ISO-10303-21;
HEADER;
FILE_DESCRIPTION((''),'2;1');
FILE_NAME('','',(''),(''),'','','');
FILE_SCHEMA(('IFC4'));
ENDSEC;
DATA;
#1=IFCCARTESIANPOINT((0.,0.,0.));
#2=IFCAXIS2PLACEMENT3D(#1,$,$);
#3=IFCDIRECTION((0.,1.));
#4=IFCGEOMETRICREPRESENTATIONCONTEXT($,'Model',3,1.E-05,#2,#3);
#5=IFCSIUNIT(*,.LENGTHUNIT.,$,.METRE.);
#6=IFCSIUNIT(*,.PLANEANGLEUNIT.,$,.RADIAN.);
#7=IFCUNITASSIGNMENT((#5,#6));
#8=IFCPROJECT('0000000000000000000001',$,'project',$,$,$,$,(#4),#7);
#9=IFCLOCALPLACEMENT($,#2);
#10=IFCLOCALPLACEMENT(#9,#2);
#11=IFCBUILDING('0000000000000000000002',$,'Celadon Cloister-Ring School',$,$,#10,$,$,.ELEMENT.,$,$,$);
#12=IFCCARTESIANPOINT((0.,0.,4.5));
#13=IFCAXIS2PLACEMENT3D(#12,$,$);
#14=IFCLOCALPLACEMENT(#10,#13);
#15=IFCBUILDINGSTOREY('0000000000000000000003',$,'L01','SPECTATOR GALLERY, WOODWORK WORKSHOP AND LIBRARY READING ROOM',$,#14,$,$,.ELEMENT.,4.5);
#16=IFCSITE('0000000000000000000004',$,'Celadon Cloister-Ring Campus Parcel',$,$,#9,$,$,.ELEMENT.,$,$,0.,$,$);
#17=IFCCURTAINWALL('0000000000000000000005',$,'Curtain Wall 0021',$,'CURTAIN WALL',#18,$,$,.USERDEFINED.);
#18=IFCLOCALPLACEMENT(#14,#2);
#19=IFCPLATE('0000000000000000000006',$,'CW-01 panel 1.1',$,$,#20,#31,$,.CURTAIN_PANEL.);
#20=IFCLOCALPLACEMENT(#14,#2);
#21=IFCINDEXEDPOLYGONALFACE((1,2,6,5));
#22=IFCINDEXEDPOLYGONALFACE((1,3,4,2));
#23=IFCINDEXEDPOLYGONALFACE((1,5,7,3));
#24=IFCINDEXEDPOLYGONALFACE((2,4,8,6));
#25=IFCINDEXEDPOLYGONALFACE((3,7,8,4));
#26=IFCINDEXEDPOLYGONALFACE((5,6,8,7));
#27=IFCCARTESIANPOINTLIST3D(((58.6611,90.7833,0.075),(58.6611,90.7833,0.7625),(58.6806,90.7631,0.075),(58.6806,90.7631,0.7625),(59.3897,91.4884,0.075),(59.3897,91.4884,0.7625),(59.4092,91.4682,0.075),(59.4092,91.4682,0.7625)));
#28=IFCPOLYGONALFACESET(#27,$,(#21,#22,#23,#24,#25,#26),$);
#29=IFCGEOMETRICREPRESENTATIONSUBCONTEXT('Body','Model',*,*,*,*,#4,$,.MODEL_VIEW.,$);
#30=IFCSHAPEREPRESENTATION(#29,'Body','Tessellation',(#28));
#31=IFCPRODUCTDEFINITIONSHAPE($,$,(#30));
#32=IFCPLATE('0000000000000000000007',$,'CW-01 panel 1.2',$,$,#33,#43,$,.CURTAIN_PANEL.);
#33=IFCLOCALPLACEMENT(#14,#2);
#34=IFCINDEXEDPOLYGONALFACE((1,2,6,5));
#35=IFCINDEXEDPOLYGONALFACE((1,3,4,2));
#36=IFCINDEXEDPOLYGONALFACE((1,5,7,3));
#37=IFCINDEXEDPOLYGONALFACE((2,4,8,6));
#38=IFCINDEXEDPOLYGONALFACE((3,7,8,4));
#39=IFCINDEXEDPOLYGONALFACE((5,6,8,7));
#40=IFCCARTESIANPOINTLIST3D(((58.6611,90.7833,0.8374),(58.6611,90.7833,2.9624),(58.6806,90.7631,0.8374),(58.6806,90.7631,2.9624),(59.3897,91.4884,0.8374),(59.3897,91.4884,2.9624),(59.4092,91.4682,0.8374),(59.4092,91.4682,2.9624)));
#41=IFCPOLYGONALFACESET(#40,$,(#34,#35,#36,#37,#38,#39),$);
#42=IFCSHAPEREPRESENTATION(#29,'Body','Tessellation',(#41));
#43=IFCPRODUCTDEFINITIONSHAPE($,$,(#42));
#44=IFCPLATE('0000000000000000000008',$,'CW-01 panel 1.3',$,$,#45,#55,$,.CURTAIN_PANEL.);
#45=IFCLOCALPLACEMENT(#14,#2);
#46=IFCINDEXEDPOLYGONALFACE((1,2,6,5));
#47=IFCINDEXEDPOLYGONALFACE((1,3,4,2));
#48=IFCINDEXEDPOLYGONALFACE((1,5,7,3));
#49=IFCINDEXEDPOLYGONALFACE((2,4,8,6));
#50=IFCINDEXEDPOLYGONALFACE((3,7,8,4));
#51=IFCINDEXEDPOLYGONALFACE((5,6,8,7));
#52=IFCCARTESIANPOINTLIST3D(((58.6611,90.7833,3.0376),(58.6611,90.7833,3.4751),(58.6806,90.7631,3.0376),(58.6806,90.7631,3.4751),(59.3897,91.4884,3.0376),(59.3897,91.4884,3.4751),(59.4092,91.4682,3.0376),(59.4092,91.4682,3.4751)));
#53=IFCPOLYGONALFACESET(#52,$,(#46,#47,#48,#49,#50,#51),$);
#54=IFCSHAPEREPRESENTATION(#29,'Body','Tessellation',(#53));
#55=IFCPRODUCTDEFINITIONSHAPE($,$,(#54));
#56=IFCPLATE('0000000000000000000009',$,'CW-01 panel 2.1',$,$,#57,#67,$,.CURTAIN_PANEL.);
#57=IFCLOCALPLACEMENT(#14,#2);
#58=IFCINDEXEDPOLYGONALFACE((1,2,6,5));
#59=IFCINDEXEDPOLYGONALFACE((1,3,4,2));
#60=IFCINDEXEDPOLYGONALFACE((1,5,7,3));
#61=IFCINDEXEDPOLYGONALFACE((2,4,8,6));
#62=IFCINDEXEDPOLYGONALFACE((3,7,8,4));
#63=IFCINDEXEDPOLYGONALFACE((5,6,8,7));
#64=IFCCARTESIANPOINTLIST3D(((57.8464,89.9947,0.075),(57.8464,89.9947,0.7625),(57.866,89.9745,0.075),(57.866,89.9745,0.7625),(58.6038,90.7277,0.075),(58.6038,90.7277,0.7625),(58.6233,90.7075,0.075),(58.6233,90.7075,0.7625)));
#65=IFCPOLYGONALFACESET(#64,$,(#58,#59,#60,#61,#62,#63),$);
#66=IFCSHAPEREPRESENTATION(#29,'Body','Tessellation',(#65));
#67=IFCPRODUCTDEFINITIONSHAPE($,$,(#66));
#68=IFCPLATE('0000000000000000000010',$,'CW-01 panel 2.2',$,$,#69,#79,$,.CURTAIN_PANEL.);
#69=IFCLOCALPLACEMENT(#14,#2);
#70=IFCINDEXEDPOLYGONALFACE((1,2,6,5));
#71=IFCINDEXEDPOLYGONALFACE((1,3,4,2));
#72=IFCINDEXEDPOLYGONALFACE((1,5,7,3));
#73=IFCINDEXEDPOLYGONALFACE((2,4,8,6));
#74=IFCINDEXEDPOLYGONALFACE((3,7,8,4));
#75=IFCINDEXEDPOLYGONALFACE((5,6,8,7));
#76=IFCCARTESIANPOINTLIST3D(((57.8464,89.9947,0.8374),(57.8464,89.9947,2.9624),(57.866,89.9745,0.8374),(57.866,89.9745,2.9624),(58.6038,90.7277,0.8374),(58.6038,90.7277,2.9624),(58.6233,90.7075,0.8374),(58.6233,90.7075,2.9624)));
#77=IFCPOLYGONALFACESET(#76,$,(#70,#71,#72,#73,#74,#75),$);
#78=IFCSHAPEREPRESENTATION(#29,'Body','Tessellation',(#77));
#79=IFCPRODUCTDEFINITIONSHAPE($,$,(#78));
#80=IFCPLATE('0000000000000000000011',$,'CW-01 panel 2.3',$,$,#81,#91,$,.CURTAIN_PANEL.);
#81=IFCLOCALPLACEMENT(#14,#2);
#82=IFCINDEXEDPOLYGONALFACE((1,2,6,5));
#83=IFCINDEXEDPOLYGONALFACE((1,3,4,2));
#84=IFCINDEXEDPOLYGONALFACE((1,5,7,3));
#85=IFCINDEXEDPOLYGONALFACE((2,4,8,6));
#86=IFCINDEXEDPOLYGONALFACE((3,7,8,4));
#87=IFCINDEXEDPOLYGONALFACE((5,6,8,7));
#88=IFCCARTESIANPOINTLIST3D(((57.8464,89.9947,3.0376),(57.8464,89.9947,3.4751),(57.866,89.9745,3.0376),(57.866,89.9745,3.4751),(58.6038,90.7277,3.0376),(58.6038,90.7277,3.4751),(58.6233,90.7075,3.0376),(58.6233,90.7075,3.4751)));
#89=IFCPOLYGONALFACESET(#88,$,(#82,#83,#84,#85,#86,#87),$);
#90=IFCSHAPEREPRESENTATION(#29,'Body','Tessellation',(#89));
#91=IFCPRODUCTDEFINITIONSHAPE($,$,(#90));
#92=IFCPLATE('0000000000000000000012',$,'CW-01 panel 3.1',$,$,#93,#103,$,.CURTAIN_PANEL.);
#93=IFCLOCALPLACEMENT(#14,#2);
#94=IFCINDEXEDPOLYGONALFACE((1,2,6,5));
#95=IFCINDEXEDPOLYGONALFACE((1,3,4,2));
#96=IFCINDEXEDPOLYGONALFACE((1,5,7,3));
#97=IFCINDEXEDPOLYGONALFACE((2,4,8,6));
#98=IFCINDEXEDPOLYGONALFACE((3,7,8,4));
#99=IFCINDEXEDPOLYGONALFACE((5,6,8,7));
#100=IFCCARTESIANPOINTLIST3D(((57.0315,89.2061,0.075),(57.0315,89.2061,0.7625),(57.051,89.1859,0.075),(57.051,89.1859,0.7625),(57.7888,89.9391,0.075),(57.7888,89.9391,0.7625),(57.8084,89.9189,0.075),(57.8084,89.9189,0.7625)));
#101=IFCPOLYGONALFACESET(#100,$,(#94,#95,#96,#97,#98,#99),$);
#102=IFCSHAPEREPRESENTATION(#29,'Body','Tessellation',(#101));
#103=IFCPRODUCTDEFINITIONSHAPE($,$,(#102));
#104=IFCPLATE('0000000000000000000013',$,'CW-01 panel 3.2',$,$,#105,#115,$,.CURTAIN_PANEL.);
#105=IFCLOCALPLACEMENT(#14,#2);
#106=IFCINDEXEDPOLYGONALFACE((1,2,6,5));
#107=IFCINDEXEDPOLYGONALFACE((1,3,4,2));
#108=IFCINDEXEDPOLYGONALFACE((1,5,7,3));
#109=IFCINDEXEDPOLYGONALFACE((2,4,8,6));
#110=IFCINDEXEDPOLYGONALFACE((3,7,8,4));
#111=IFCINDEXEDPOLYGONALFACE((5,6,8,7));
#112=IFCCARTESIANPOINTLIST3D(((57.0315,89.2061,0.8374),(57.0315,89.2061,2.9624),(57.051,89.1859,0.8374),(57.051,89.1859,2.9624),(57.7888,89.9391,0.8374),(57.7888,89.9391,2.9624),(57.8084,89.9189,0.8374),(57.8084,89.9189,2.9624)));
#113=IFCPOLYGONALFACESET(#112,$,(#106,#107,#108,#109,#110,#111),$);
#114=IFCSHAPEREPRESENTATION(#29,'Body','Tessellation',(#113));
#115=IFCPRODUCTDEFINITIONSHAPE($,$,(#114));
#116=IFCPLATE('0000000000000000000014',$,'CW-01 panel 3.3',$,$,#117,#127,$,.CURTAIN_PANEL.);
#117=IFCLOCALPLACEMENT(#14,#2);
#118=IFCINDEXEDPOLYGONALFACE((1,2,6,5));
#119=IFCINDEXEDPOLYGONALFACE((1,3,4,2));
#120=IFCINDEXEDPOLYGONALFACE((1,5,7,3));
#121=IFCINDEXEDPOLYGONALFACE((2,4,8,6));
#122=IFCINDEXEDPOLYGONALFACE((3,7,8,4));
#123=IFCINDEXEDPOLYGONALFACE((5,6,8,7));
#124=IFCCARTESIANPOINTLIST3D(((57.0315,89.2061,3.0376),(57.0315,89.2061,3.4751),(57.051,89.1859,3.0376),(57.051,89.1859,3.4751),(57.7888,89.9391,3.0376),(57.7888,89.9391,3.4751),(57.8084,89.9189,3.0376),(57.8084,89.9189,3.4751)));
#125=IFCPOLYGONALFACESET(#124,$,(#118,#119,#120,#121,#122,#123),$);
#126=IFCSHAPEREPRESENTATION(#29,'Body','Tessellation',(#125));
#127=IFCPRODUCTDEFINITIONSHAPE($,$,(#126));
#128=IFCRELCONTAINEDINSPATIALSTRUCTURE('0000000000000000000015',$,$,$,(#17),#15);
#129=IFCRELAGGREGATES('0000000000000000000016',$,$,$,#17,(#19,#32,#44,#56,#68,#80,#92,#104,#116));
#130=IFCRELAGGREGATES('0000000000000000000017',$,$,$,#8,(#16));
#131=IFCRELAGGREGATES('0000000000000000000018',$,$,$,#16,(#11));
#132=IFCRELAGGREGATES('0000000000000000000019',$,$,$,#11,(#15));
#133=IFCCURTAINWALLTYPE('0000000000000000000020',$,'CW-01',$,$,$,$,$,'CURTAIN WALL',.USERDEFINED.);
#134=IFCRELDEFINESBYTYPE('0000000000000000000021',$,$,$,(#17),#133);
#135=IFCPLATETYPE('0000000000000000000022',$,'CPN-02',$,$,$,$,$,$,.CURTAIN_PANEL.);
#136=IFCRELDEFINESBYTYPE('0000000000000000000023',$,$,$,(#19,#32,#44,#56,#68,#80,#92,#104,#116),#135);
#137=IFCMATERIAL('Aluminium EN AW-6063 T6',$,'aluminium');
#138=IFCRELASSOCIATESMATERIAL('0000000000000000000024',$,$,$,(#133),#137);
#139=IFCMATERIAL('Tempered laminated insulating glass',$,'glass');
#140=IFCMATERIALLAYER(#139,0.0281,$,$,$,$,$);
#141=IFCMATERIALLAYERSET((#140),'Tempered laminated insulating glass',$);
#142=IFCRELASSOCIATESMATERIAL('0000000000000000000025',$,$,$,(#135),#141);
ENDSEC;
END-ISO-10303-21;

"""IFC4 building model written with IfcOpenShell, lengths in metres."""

from ifc_helpers import new_model, si_unit, direction, frame, origin, origin_2d, place, context, subcontext, project, spatial, rectangle, extrude, material, layer, layer_set, type_object, element, aggregate, save


model = new_model("IFC4")

# Units and contexts
model_context = context("Model", 3, precision=1e-05, world=origin(), true_north=direction((0.0, 1.0)))
body_context = subcontext(model_context, "Body", "Model", "MODEL_VIEW")
ifc_project = project(units=[si_unit("LENGTHUNIT", "METRE"), si_unit("PLANEANGLEUNIT", "RADIAN")], contexts=[model_context])

# Site, building, storey
site_placement = place(None, origin())
site = spatial("IfcSite", under=ifc_project, at=site_placement, Name="Celadon Cloister-Ring Campus Parcel", CompositionType="ELEMENT", RefElevation=0.0)
building_placement = place(site_placement, origin())
building = spatial("IfcBuilding", under=site, at=building_placement, Name="Celadon Cloister-Ring School", CompositionType="ELEMENT")
storey_placement = place(building_placement, frame((0.0, 0.0, 4.5)))
storey = spatial("IfcBuildingStorey", under=building, at=storey_placement, Name="L01", Description="SPECTATOR GALLERY, WOODWORK WORKSHOP AND LIBRARY READING ROOM", CompositionType="ELEMENT", Elevation=4.5)

# Curtain wall
ifc_material_1 = material(Name="Aluminium EN AW-6063 T6", Category="aluminium")
curtain_wall_type = type_object("IfcCurtainWallType", Name="CW-01", ElementType="CURTAIN WALL", PredefinedType="USERDEFINED", material=ifc_material_1)
curtain_wall_placement = place(storey_placement, origin())
curtain_wall = element("IfcCurtainWall", 1, at=curtain_wall_placement, inside=storey, type_object=curtain_wall_type, Name="Curtain Wall 0021", ObjectType="CURTAIN WALL", PredefinedType="USERDEFINED")

# Plates
ifc_material_2 = material(Name="Tempered laminated insulating glass", Category="glass")
ifc_layer = layer(ifc_material_2, 0.0281)
ifc_layer_set = layer_set([ifc_layer], Name="Tempered laminated insulating glass")
plate_type = type_object("IfcPlateType", Name="CPN-02", PredefinedType="CURTAIN_PANEL", material=ifc_layer_set)
plate_1_placement = place(storey_placement, frame((59.0352, 91.1257, 0.075), z_axis=(0.0, 0.0, 1.0), x_axis=(-0.718565, -0.69546, 0.0)))
plate_1 = element("IfcPlate", 2, at=plate_1_placement, type_object=plate_type, Name="CW-01 panel 1.1", PredefinedType="CURTAIN_PANEL", context=body_context, shape_type="SweptSolid", body=[
    extrude(rectangle(XDim=1.0139, YDim=0.0281, at=origin_2d()), origin(), (0.0, 0.0, 1.0), 0.6875),
])
plate_2_placement = place(storey_placement, frame((59.0352, 91.1257, 0.8374), z_axis=(0.0, 0.0, 1.0), x_axis=(-0.718565, -0.69546, 0.0)))
plate_2 = element("IfcPlate", 3, at=plate_2_placement, type_object=plate_type, Name="CW-01 panel 1.2", PredefinedType="CURTAIN_PANEL", context=body_context, shape_type="SweptSolid", body=[
    extrude(rectangle(XDim=1.0139, YDim=0.0281, at=origin_2d()), origin(), (0.0, 0.0, 1.0), 2.125),
])
plate_3_placement = place(storey_placement, frame((59.0352, 91.1257, 3.0376), z_axis=(0.0, 0.0, 1.0), x_axis=(-0.718565, -0.69546, 0.0)))
plate_3 = element("IfcPlate", 4, at=plate_3_placement, type_object=plate_type, Name="CW-01 panel 1.3", PredefinedType="CURTAIN_PANEL", context=body_context, shape_type="SweptSolid", body=[
    extrude(rectangle(XDim=1.0139, YDim=0.0281, at=origin_2d()), origin(), (0.0, 0.0, 1.0), 0.4375),
])
plate_4_placement = place(storey_placement, frame((58.2349, 90.3511, 0.075), z_axis=(0.0, 0.0, 1.0), x_axis=(-0.718565, -0.69546, 0.0)))
plate_4 = element("IfcPlate", 5, at=plate_4_placement, type_object=plate_type, Name="CW-01 panel 2.1", PredefinedType="CURTAIN_PANEL", context=body_context, shape_type="SweptSolid", body=[
    extrude(rectangle(XDim=1.054, YDim=0.0281, at=origin_2d()), origin(), (0.0, 0.0, 1.0), 0.6875),
])
plate_5_placement = place(storey_placement, frame((58.2349, 90.3511, 0.8374), z_axis=(0.0, 0.0, 1.0), x_axis=(-0.718565, -0.69546, 0.0)))
plate_5 = element("IfcPlate", 6, at=plate_5_placement, type_object=plate_type, Name="CW-01 panel 2.2", PredefinedType="CURTAIN_PANEL", context=body_context, shape_type="SweptSolid", body=[
    extrude(rectangle(XDim=1.054, YDim=0.0281, at=origin_2d()), origin(), (0.0, 0.0, 1.0), 2.125),
])
plate_6_placement = place(storey_placement, frame((58.2349, 90.3511, 3.0376), z_axis=(0.0, 0.0, 1.0), x_axis=(-0.718565, -0.69546, 0.0)))
plate_6 = element("IfcPlate", 7, at=plate_6_placement, type_object=plate_type, Name="CW-01 panel 2.3", PredefinedType="CURTAIN_PANEL", context=body_context, shape_type="SweptSolid", body=[
    extrude(rectangle(XDim=1.054, YDim=0.0281, at=origin_2d()), origin(), (0.0, 0.0, 1.0), 0.4375),
])
plate_7_placement = place(storey_placement, frame((57.4199, 89.5625, 0.075), z_axis=(0.0, 0.0, 1.0), x_axis=(-0.718565, -0.69546, 0.0)))
plate_7 = element("IfcPlate", 8, at=plate_7_placement, type_object=plate_type, Name="CW-01 panel 3.1", PredefinedType="CURTAIN_PANEL", context=body_context, shape_type="SweptSolid", body=[
    extrude(rectangle(XDim=1.054, YDim=0.0281, at=origin_2d()), origin(), (0.0, 0.0, 1.0), 0.6875),
])
plate_8_placement = place(storey_placement, frame((57.4199, 89.5625, 0.8374), z_axis=(0.0, 0.0, 1.0), x_axis=(-0.718565, -0.69546, 0.0)))
plate_8 = element("IfcPlate", 9, at=plate_8_placement, type_object=plate_type, Name="CW-01 panel 3.2", PredefinedType="CURTAIN_PANEL", context=body_context, shape_type="SweptSolid", body=[
    extrude(rectangle(XDim=1.054, YDim=0.0281, at=origin_2d()), origin(), (0.0, 0.0, 1.0), 2.125),
])
plate_9_placement = place(storey_placement, frame((57.4199, 89.5625, 3.0376), z_axis=(0.0, 0.0, 1.0), x_axis=(-0.718565, -0.69546, 0.0)))
plate_9 = element("IfcPlate", 10, at=plate_9_placement, type_object=plate_type, Name="CW-01 panel 3.3", PredefinedType="CURTAIN_PANEL", context=body_context, shape_type="SweptSolid", body=[
    extrude(rectangle(XDim=1.054, YDim=0.0281, at=origin_2d()), origin(), (0.0, 0.0, 1.0), 0.4375),
])
aggregate(curtain_wall, [plate_1, plate_2, plate_3, plate_4, plate_5, plate_6, plate_7, plate_8, plate_9])

save(model, "model.ifc")
